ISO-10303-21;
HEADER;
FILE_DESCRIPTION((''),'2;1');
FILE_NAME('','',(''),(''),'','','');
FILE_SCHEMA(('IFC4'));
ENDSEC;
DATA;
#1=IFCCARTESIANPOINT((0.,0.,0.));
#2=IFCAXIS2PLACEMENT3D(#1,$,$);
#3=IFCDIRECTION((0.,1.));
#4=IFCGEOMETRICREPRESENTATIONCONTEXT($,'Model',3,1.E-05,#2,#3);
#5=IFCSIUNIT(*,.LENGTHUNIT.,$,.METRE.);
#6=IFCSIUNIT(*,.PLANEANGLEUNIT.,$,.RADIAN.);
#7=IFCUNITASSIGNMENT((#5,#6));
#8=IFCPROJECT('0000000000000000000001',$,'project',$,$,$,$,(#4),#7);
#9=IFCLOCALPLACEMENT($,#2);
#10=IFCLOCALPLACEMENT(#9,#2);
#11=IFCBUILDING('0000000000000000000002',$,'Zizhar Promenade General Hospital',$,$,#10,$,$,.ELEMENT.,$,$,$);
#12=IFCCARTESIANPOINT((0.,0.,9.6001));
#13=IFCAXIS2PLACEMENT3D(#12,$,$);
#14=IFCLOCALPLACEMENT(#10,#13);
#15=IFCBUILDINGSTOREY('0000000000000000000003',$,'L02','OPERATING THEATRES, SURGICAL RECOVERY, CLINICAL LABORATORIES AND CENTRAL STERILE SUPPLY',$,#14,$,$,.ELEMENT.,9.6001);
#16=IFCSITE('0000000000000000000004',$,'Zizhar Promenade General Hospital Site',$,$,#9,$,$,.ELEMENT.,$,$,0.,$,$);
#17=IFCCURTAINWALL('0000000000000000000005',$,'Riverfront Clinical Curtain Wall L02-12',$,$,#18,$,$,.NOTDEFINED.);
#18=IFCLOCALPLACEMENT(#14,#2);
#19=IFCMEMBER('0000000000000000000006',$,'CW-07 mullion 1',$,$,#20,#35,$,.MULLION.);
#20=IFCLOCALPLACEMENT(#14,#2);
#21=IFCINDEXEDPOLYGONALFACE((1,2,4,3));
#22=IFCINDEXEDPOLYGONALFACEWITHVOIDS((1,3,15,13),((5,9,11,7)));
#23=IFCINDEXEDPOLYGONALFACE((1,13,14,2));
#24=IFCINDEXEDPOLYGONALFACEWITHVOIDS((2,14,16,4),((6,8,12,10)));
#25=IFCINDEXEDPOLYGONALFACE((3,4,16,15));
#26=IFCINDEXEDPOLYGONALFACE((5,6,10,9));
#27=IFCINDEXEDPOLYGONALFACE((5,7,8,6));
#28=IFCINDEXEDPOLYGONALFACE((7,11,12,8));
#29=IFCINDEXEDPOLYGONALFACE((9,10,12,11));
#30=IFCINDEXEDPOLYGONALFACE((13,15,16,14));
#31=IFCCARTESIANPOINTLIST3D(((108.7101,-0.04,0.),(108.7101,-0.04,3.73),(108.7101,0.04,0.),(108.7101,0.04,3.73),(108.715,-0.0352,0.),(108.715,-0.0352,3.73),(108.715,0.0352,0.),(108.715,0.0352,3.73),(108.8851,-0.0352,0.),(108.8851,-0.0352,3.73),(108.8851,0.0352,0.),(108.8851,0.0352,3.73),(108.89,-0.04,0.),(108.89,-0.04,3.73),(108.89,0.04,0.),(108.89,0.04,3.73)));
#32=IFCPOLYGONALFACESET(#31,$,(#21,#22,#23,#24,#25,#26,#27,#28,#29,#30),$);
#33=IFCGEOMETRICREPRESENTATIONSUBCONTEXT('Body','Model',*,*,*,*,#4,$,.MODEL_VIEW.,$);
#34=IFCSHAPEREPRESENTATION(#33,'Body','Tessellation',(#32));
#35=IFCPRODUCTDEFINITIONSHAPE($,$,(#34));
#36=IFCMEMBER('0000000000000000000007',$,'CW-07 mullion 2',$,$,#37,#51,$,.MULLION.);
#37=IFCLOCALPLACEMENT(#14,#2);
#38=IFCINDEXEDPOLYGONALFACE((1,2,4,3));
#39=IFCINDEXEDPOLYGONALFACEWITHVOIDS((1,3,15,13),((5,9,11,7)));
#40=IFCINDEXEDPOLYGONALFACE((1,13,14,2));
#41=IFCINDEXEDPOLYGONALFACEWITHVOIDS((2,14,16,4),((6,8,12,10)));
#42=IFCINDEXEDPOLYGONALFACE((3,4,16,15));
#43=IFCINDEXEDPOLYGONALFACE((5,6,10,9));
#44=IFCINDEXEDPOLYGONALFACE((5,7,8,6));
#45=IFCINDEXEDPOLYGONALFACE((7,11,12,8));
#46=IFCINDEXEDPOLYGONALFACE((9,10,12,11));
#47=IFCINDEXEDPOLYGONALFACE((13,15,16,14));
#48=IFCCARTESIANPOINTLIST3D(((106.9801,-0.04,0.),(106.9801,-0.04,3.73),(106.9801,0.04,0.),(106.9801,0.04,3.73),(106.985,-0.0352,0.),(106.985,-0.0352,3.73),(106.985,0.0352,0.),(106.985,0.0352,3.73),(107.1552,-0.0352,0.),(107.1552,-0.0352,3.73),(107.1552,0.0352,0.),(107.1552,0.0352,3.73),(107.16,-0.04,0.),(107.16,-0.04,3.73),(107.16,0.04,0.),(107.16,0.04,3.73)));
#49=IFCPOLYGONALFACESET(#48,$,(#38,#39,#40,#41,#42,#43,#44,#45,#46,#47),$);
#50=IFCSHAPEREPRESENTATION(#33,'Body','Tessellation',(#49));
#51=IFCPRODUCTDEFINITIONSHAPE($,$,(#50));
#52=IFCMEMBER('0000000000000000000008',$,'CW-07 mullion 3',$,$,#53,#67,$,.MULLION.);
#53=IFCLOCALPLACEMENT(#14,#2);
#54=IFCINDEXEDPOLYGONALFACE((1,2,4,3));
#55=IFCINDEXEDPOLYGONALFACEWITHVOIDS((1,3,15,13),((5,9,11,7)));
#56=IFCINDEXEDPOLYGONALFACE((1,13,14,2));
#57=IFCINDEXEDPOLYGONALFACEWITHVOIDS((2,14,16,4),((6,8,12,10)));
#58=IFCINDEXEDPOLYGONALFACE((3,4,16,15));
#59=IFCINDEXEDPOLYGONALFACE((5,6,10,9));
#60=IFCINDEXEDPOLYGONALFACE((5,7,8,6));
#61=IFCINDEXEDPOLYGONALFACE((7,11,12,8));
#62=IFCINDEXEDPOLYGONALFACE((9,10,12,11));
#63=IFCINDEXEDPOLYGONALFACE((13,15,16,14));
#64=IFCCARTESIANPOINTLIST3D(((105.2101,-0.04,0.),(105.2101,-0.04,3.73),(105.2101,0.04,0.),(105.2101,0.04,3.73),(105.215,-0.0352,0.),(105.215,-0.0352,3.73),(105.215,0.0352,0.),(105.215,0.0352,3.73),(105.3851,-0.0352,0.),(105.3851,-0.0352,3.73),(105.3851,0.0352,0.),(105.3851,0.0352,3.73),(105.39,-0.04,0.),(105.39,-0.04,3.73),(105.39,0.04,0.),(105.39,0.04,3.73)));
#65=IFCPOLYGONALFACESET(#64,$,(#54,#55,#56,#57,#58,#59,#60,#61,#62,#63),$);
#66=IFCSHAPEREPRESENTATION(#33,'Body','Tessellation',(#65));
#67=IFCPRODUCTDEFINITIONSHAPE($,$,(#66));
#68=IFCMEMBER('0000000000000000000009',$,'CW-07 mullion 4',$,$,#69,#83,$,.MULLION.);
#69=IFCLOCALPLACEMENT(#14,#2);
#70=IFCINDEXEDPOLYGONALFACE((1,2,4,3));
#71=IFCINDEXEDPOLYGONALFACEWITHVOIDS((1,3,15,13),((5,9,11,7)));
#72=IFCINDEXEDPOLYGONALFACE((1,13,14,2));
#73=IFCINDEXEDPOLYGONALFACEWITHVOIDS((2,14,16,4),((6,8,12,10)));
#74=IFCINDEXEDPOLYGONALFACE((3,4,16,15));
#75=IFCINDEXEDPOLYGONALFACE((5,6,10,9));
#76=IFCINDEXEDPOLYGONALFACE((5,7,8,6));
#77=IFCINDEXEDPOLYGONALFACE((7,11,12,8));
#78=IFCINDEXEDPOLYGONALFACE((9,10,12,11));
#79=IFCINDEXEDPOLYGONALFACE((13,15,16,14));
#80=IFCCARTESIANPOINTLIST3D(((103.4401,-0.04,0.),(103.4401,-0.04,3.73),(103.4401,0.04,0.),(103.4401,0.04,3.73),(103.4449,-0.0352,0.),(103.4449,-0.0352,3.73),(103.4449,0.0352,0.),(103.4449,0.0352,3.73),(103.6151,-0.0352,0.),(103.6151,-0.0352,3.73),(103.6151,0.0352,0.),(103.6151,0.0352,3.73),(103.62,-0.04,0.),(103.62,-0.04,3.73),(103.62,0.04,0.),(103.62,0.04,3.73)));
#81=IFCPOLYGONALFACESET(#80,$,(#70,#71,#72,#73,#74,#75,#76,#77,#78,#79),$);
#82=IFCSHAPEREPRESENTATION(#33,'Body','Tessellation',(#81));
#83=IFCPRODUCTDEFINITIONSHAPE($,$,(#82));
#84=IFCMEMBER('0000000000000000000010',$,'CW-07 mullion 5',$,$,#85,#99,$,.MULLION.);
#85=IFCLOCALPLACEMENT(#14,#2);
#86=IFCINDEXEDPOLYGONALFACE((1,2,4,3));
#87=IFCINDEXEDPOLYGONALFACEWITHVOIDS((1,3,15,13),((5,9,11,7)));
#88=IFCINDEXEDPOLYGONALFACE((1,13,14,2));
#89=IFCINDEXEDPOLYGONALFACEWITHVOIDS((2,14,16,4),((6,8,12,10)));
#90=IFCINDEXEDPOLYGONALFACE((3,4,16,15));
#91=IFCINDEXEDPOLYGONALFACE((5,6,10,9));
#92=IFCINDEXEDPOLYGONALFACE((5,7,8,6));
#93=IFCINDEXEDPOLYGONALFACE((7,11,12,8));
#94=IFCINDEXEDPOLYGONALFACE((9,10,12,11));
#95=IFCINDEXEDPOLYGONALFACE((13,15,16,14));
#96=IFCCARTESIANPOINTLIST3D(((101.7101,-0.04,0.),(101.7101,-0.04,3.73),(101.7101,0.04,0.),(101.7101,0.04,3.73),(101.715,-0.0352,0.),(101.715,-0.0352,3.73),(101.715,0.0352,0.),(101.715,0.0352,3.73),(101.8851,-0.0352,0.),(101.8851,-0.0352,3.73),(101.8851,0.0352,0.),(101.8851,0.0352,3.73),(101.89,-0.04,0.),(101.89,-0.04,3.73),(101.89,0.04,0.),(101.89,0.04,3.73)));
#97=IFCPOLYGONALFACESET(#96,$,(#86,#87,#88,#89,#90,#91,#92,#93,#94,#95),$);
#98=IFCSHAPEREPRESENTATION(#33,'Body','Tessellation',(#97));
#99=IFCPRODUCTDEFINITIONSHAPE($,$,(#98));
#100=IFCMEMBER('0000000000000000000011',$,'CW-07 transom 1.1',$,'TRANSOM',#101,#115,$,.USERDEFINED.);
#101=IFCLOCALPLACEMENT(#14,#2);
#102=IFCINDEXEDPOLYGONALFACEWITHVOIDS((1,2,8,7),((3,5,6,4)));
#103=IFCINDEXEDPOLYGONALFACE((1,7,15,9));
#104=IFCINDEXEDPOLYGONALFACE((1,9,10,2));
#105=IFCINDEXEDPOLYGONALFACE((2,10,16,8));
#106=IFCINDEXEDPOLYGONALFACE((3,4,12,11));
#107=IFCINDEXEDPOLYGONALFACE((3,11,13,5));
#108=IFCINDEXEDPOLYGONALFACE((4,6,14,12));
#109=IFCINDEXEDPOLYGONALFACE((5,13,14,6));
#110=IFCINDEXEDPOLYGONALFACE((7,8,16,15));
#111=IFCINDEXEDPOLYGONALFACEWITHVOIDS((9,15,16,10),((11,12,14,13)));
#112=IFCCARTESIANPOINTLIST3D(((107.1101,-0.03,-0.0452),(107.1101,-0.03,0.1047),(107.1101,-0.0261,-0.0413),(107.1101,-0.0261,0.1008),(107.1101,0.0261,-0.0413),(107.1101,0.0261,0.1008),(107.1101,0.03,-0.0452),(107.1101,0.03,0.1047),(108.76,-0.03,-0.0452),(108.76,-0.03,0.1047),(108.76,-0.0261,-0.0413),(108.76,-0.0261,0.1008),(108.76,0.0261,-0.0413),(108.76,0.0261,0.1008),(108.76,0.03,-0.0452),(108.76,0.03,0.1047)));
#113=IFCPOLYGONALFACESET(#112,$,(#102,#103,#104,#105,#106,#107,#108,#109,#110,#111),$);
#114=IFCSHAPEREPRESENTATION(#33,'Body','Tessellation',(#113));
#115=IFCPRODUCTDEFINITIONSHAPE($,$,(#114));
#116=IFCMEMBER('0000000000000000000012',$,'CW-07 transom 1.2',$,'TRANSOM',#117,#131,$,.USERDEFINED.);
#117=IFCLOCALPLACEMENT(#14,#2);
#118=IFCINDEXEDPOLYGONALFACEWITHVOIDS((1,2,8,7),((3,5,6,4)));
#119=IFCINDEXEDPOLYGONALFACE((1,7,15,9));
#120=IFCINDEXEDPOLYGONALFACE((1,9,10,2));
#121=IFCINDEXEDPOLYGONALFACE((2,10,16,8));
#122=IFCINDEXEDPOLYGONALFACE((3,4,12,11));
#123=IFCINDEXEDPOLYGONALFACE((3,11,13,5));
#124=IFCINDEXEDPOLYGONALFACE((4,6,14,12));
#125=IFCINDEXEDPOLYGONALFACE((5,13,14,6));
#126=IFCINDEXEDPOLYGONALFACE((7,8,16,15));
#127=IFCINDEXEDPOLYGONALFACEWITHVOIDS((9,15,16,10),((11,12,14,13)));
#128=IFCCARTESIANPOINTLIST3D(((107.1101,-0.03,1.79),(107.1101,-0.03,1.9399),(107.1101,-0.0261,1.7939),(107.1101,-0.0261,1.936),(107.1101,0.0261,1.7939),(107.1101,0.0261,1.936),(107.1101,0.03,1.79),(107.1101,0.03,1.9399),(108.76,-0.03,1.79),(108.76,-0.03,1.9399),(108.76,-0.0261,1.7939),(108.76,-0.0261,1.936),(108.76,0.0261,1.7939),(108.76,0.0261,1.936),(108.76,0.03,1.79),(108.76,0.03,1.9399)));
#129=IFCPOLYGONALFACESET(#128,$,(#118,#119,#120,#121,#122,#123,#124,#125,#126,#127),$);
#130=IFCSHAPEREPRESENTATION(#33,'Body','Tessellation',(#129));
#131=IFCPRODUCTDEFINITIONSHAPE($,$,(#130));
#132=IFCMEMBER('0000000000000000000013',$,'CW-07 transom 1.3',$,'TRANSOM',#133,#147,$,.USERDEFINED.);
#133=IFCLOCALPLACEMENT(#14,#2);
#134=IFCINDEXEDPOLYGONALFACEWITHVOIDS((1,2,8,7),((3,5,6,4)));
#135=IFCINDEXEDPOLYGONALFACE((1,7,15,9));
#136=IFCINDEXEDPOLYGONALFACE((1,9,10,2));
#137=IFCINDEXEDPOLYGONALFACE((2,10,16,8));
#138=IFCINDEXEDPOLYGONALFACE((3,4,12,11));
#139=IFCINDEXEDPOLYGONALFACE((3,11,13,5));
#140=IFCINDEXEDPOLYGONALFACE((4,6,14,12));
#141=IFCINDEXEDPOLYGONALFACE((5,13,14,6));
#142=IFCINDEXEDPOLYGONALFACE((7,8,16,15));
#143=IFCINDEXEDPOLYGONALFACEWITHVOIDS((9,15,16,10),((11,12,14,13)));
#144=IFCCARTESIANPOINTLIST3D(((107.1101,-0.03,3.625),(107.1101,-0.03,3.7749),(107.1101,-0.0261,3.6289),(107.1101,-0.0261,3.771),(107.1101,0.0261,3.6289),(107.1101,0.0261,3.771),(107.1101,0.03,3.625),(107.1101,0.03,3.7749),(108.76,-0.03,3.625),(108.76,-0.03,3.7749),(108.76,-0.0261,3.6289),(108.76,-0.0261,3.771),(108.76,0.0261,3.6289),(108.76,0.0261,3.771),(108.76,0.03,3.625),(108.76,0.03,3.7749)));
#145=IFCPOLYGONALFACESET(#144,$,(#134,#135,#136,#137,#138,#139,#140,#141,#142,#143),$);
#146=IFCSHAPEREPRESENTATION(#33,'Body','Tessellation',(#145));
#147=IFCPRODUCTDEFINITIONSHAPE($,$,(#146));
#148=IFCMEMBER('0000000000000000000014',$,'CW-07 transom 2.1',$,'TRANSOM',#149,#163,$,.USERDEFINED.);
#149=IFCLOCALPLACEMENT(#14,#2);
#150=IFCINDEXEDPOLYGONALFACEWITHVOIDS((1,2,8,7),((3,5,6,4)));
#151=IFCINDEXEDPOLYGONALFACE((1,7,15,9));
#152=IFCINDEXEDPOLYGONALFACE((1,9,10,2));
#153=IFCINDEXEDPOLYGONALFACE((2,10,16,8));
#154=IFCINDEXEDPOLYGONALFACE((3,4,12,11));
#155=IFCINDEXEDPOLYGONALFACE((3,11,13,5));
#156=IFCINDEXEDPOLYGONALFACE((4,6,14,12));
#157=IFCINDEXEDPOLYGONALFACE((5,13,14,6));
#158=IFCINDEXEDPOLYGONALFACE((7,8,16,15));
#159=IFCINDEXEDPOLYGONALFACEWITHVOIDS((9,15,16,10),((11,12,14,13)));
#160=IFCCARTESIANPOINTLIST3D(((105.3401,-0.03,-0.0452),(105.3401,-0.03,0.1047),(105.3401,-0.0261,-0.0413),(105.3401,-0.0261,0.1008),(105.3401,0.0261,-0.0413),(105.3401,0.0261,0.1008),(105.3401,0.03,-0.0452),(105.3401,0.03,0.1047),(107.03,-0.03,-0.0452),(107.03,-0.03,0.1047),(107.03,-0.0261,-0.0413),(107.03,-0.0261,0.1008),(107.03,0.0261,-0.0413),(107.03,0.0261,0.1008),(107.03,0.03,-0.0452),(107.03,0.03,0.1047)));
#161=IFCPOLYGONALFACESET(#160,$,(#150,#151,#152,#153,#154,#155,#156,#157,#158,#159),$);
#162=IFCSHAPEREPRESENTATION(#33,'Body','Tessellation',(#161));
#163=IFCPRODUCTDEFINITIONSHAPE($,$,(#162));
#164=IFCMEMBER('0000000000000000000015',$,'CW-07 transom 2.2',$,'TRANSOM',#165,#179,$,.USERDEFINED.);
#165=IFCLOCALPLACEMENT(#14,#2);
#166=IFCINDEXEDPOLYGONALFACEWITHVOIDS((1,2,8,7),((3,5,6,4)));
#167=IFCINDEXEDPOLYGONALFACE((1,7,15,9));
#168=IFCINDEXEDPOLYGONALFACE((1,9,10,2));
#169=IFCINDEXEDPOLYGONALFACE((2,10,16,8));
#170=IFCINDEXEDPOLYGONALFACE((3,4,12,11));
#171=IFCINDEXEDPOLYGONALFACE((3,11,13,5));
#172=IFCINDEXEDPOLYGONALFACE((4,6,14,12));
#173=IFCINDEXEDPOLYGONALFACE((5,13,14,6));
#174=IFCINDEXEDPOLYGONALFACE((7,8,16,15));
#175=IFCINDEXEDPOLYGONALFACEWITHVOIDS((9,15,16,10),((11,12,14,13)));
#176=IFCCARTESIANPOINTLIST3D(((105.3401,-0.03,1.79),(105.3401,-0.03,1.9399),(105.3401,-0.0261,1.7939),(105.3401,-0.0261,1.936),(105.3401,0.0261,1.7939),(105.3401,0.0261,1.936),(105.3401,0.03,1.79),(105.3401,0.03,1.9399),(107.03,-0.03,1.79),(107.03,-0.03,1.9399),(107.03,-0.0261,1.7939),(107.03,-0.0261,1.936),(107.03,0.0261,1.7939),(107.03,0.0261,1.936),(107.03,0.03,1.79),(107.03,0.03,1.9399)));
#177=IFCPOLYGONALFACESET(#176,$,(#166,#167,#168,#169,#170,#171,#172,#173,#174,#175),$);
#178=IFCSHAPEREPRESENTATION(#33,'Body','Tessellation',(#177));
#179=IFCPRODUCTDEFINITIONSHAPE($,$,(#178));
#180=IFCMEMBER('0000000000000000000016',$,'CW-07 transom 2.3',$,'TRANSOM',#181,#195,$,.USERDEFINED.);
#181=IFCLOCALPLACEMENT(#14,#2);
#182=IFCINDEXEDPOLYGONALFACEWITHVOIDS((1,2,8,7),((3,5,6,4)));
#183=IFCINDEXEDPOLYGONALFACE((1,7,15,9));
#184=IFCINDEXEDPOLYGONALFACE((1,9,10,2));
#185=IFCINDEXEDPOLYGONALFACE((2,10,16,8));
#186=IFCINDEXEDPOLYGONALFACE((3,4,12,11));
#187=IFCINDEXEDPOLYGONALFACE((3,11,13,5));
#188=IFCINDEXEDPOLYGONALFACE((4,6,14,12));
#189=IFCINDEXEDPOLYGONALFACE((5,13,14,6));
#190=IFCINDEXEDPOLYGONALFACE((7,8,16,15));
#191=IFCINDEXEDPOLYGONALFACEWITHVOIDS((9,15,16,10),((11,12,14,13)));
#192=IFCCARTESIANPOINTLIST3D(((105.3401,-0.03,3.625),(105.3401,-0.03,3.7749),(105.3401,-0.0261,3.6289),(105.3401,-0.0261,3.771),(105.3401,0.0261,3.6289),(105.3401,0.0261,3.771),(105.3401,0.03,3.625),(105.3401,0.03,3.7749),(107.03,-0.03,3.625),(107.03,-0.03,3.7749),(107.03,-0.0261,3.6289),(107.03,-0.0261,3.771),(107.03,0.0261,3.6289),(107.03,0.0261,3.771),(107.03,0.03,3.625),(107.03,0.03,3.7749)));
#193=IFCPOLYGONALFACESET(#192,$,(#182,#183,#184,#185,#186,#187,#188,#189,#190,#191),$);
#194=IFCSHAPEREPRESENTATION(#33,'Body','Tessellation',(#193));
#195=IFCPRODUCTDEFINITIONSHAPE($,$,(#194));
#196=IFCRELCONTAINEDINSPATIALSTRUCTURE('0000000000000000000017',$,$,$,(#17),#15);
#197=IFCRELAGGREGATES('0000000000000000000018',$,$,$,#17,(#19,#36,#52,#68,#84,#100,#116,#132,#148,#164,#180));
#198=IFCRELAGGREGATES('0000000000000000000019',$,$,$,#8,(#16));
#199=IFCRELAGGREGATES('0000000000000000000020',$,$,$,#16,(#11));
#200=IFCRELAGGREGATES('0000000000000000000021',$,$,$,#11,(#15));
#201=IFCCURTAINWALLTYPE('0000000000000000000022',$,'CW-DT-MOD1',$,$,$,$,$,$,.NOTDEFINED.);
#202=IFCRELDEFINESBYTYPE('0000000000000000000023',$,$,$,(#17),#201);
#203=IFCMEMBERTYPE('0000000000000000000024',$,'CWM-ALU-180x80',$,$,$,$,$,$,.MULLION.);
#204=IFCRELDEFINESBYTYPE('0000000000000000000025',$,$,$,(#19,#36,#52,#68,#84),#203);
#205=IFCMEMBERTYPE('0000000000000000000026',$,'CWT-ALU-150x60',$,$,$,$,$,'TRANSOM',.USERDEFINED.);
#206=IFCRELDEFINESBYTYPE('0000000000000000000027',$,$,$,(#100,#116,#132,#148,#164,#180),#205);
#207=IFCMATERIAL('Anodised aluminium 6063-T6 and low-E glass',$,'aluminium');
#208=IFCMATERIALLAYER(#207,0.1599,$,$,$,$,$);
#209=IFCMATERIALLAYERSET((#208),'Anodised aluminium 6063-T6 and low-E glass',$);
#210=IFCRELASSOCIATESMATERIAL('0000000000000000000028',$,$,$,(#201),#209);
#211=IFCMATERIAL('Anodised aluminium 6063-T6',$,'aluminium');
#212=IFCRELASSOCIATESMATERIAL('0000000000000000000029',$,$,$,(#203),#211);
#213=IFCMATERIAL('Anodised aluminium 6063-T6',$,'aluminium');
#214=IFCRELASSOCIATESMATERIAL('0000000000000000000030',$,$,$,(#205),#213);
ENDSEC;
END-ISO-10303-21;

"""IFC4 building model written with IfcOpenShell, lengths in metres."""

from ifc_helpers import new_model, si_unit, direction, frame, origin, origin_2d, place, context, subcontext, project, spatial, hollow_rectangle, extrude, material, layer, layer_set, material_profile, profile_set, type_object, element, aggregate, save


model = new_model("IFC4")

# Units and contexts
model_context = context("Model", 3, precision=1e-05, world=origin(), true_north=direction((0.0, 1.0)))
body_context = subcontext(model_context, "Body", "Model", "MODEL_VIEW")
ifc_project = project(units=[si_unit("LENGTHUNIT", "METRE"), si_unit("PLANEANGLEUNIT", "RADIAN")], contexts=[model_context])

# Site, building, storey
site_placement = place(None, origin())
site = spatial("IfcSite", under=ifc_project, at=site_placement, Name="Zizhar Promenade General Hospital Site", CompositionType="ELEMENT", RefElevation=0.0)
building_placement = place(site_placement, origin())
building = spatial("IfcBuilding", under=site, at=building_placement, Name="Zizhar Promenade General Hospital", CompositionType="ELEMENT")
storey_placement = place(building_placement, frame((0.0, 0.0, 9.6001)))
storey = spatial("IfcBuildingStorey", under=building, at=storey_placement, Name="L02", Description="OPERATING THEATRES, SURGICAL RECOVERY, CLINICAL LABORATORIES AND CENTRAL STERILE SUPPLY", CompositionType="ELEMENT", Elevation=9.6001)

# Curtain wall, members
ifc_material_1 = material(Name="Anodised aluminium 6063-T6 and low-E glass", Category="aluminium")
ifc_layer_1 = layer(ifc_material_1, 0.1599)
ifc_layer_set_1 = layer_set([ifc_layer_1], Name="Anodised aluminium 6063-T6 and low-E glass")
curtain_wall_type = type_object("IfcCurtainWallType", Name="CW-DT-MOD1", PredefinedType="NOTDEFINED", material=ifc_layer_set_1)
curtain_wall_placement = place(storey_placement, origin())
curtain_wall = element("IfcCurtainWall", 1, at=curtain_wall_placement, inside=storey, type_object=curtain_wall_type, Name="Riverfront Clinical Curtain Wall L02-12", PredefinedType="NOTDEFINED")
ifc_material_2 = material(Name="Anodised aluminium 6063-T6", Category="aluminium")
ifc_material_profile_1 = material_profile(ifc_material_2, hollow_rectangle(XDim=0.0801, YDim=0.1799, WallThickness=0.0049, at=origin_2d()))
ifc_profile_set_1 = profile_set([ifc_material_profile_1], Name="Anodised aluminium 6063-T6")
member_type_1 = type_object("IfcMemberType", Name="CWM-ALU-180x80", PredefinedType="MULLION", material=ifc_profile_set_1)
member_1_placement = place(storey_placement, frame((108.8, 0.0, 0.0), z_axis=(0.0, 0.0, 1.0), x_axis=(0.0, -1.0, 0.0)))
member_1 = element("IfcMember", 2, at=member_1_placement, type_object=member_type_1, Name="CW-07 mullion 1", PredefinedType="MULLION", context=body_context, shape_type="SweptSolid", body=[
    extrude(hollow_rectangle(XDim=0.0801, YDim=0.1799, WallThickness=0.0049, at=origin_2d()), origin(), (0.0, 0.0, 1.0), 3.73),
])
member_2_placement = place(storey_placement, frame((107.0701, 0.0, 0.0), z_axis=(0.0, 0.0, 1.0), x_axis=(0.0, -1.0, 0.0)))
member_2 = element("IfcMember", 3, at=member_2_placement, type_object=member_type_1, Name="CW-07 mullion 2", PredefinedType="MULLION", context=body_context, shape_type="SweptSolid", body=[
    extrude(hollow_rectangle(XDim=0.0801, YDim=0.1799, WallThickness=0.0049, at=origin_2d()), origin(), (0.0, 0.0, 1.0), 3.73),
])
member_3_placement = place(storey_placement, frame((105.3, 0.0, 0.0), z_axis=(0.0, 0.0, 1.0), x_axis=(0.0, -1.0, 0.0)))
member_3 = element("IfcMember", 4, at=member_3_placement, type_object=member_type_1, Name="CW-07 mullion 3", PredefinedType="MULLION", context=body_context, shape_type="SweptSolid", body=[
    extrude(hollow_rectangle(XDim=0.0801, YDim=0.1799, WallThickness=0.0049, at=origin_2d()), origin(), (0.0, 0.0, 1.0), 3.73),
])
member_4_placement = place(storey_placement, frame((103.53, 0.0, 0.0), z_axis=(0.0, 0.0, 1.0), x_axis=(0.0, -1.0, 0.0)))
member_4 = element("IfcMember", 5, at=member_4_placement, type_object=member_type_1, Name="CW-07 mullion 4", PredefinedType="MULLION", context=body_context, shape_type="SweptSolid", body=[
    extrude(hollow_rectangle(XDim=0.0801, YDim=0.1799, WallThickness=0.0049, at=origin_2d()), origin(), (0.0, 0.0, 1.0), 3.73),
])
member_5_placement = place(storey_placement, frame((101.8, 0.0, 0.0), z_axis=(0.0, 0.0, 1.0), x_axis=(0.0, -1.0, 0.0)))
member_5 = element("IfcMember", 6, at=member_5_placement, type_object=member_type_1, Name="CW-07 mullion 5", PredefinedType="MULLION", context=body_context, shape_type="SweptSolid", body=[
    extrude(hollow_rectangle(XDim=0.0801, YDim=0.1799, WallThickness=0.0049, at=origin_2d()), origin(), (0.0, 0.0, 1.0), 3.73),
])
ifc_material_3 = material(Name="Anodised aluminium 6063-T6", Category="aluminium")
ifc_material_profile_2 = material_profile(ifc_material_3, hollow_rectangle(XDim=0.0601, YDim=0.1499, WallThickness=0.0039, at=origin_2d()))
ifc_profile_set_2 = profile_set([ifc_material_profile_2], Name="Anodised aluminium 6063-T6")
member_type_2 = type_object("IfcMemberType", Name="CWT-ALU-150x60", ElementType="TRANSOM", PredefinedType="USERDEFINED", material=ifc_profile_set_2)
member_6_placement = place(storey_placement, frame((108.76, 0.0, 0.0298), z_axis=(-1.0, 0.0, 0.0), x_axis=(0.0, -1.0, 0.0)))
member_6 = element("IfcMember", 7, at=member_6_placement, type_object=member_type_2, Name="CW-07 transom 1.1", ObjectType="TRANSOM", PredefinedType="USERDEFINED", context=body_context, shape_type="SweptSolid", body=[
    extrude(hollow_rectangle(XDim=0.0601, YDim=0.1499, WallThickness=0.0039, at=origin_2d()), origin(), (0.0, 0.0, 1.0), 1.6499),
])
member_7_placement = place(storey_placement, frame((108.76, 0.0, 1.865), z_axis=(-1.0, 0.0, 0.0), x_axis=(0.0, -1.0, 0.0)))
member_7 = element("IfcMember", 8, at=member_7_placement, type_object=member_type_2, Name="CW-07 transom 1.2", ObjectType="TRANSOM", PredefinedType="USERDEFINED", context=body_context, shape_type="SweptSolid", body=[
    extrude(hollow_rectangle(XDim=0.0601, YDim=0.1499, WallThickness=0.0039, at=origin_2d()), origin(), (0.0, 0.0, 1.0), 1.6499),
])
member_8_placement = place(storey_placement, frame((108.76, 0.0, 3.7), z_axis=(-1.0, 0.0, 0.0), x_axis=(0.0, -1.0, 0.0)))
member_8 = element("IfcMember", 9, at=member_8_placement, type_object=member_type_2, Name="CW-07 transom 1.3", ObjectType="TRANSOM", PredefinedType="USERDEFINED", context=body_context, shape_type="SweptSolid", body=[
    extrude(hollow_rectangle(XDim=0.0601, YDim=0.1499, WallThickness=0.0039, at=origin_2d()), origin(), (0.0, 0.0, 1.0), 1.6499),
])
member_9_placement = place(storey_placement, frame((107.03, 0.0, 0.0298), z_axis=(-1.0, 0.0, 0.0), x_axis=(0.0, -1.0, 0.0)))
member_9 = element("IfcMember", 10, at=member_9_placement, type_object=member_type_2, Name="CW-07 transom 2.1", ObjectType="TRANSOM", PredefinedType="USERDEFINED", context=body_context, shape_type="SweptSolid", body=[
    extrude(hollow_rectangle(XDim=0.0601, YDim=0.1499, WallThickness=0.0039, at=origin_2d()), origin(), (0.0, 0.0, 1.0), 1.6899),
])
member_10_placement = place(storey_placement, frame((107.03, 0.0, 1.865), z_axis=(-1.0, 0.0, 0.0), x_axis=(0.0, -1.0, 0.0)))
member_10 = element("IfcMember", 11, at=member_10_placement, type_object=member_type_2, Name="CW-07 transom 2.2", ObjectType="TRANSOM", PredefinedType="USERDEFINED", context=body_context, shape_type="SweptSolid", body=[
    extrude(hollow_rectangle(XDim=0.0601, YDim=0.1499, WallThickness=0.0039, at=origin_2d()), origin(), (0.0, 0.0, 1.0), 1.6899),
])
member_11_placement = place(storey_placement, frame((107.03, 0.0, 3.7), z_axis=(-1.0, 0.0, 0.0), x_axis=(0.0, -1.0, 0.0)))
member_11 = element("IfcMember", 12, at=member_11_placement, type_object=member_type_2, Name="CW-07 transom 2.3", ObjectType="TRANSOM", PredefinedType="USERDEFINED", context=body_context, shape_type="SweptSolid", body=[
    extrude(hollow_rectangle(XDim=0.0601, YDim=0.1499, WallThickness=0.0039, at=origin_2d()), origin(), (0.0, 0.0, 1.0), 1.6899),
])
aggregate(curtain_wall, [member_1, member_2, member_3, member_4, member_5, member_6, member_7, member_8, member_9, member_10, member_11])

save(model, "model.ifc")
